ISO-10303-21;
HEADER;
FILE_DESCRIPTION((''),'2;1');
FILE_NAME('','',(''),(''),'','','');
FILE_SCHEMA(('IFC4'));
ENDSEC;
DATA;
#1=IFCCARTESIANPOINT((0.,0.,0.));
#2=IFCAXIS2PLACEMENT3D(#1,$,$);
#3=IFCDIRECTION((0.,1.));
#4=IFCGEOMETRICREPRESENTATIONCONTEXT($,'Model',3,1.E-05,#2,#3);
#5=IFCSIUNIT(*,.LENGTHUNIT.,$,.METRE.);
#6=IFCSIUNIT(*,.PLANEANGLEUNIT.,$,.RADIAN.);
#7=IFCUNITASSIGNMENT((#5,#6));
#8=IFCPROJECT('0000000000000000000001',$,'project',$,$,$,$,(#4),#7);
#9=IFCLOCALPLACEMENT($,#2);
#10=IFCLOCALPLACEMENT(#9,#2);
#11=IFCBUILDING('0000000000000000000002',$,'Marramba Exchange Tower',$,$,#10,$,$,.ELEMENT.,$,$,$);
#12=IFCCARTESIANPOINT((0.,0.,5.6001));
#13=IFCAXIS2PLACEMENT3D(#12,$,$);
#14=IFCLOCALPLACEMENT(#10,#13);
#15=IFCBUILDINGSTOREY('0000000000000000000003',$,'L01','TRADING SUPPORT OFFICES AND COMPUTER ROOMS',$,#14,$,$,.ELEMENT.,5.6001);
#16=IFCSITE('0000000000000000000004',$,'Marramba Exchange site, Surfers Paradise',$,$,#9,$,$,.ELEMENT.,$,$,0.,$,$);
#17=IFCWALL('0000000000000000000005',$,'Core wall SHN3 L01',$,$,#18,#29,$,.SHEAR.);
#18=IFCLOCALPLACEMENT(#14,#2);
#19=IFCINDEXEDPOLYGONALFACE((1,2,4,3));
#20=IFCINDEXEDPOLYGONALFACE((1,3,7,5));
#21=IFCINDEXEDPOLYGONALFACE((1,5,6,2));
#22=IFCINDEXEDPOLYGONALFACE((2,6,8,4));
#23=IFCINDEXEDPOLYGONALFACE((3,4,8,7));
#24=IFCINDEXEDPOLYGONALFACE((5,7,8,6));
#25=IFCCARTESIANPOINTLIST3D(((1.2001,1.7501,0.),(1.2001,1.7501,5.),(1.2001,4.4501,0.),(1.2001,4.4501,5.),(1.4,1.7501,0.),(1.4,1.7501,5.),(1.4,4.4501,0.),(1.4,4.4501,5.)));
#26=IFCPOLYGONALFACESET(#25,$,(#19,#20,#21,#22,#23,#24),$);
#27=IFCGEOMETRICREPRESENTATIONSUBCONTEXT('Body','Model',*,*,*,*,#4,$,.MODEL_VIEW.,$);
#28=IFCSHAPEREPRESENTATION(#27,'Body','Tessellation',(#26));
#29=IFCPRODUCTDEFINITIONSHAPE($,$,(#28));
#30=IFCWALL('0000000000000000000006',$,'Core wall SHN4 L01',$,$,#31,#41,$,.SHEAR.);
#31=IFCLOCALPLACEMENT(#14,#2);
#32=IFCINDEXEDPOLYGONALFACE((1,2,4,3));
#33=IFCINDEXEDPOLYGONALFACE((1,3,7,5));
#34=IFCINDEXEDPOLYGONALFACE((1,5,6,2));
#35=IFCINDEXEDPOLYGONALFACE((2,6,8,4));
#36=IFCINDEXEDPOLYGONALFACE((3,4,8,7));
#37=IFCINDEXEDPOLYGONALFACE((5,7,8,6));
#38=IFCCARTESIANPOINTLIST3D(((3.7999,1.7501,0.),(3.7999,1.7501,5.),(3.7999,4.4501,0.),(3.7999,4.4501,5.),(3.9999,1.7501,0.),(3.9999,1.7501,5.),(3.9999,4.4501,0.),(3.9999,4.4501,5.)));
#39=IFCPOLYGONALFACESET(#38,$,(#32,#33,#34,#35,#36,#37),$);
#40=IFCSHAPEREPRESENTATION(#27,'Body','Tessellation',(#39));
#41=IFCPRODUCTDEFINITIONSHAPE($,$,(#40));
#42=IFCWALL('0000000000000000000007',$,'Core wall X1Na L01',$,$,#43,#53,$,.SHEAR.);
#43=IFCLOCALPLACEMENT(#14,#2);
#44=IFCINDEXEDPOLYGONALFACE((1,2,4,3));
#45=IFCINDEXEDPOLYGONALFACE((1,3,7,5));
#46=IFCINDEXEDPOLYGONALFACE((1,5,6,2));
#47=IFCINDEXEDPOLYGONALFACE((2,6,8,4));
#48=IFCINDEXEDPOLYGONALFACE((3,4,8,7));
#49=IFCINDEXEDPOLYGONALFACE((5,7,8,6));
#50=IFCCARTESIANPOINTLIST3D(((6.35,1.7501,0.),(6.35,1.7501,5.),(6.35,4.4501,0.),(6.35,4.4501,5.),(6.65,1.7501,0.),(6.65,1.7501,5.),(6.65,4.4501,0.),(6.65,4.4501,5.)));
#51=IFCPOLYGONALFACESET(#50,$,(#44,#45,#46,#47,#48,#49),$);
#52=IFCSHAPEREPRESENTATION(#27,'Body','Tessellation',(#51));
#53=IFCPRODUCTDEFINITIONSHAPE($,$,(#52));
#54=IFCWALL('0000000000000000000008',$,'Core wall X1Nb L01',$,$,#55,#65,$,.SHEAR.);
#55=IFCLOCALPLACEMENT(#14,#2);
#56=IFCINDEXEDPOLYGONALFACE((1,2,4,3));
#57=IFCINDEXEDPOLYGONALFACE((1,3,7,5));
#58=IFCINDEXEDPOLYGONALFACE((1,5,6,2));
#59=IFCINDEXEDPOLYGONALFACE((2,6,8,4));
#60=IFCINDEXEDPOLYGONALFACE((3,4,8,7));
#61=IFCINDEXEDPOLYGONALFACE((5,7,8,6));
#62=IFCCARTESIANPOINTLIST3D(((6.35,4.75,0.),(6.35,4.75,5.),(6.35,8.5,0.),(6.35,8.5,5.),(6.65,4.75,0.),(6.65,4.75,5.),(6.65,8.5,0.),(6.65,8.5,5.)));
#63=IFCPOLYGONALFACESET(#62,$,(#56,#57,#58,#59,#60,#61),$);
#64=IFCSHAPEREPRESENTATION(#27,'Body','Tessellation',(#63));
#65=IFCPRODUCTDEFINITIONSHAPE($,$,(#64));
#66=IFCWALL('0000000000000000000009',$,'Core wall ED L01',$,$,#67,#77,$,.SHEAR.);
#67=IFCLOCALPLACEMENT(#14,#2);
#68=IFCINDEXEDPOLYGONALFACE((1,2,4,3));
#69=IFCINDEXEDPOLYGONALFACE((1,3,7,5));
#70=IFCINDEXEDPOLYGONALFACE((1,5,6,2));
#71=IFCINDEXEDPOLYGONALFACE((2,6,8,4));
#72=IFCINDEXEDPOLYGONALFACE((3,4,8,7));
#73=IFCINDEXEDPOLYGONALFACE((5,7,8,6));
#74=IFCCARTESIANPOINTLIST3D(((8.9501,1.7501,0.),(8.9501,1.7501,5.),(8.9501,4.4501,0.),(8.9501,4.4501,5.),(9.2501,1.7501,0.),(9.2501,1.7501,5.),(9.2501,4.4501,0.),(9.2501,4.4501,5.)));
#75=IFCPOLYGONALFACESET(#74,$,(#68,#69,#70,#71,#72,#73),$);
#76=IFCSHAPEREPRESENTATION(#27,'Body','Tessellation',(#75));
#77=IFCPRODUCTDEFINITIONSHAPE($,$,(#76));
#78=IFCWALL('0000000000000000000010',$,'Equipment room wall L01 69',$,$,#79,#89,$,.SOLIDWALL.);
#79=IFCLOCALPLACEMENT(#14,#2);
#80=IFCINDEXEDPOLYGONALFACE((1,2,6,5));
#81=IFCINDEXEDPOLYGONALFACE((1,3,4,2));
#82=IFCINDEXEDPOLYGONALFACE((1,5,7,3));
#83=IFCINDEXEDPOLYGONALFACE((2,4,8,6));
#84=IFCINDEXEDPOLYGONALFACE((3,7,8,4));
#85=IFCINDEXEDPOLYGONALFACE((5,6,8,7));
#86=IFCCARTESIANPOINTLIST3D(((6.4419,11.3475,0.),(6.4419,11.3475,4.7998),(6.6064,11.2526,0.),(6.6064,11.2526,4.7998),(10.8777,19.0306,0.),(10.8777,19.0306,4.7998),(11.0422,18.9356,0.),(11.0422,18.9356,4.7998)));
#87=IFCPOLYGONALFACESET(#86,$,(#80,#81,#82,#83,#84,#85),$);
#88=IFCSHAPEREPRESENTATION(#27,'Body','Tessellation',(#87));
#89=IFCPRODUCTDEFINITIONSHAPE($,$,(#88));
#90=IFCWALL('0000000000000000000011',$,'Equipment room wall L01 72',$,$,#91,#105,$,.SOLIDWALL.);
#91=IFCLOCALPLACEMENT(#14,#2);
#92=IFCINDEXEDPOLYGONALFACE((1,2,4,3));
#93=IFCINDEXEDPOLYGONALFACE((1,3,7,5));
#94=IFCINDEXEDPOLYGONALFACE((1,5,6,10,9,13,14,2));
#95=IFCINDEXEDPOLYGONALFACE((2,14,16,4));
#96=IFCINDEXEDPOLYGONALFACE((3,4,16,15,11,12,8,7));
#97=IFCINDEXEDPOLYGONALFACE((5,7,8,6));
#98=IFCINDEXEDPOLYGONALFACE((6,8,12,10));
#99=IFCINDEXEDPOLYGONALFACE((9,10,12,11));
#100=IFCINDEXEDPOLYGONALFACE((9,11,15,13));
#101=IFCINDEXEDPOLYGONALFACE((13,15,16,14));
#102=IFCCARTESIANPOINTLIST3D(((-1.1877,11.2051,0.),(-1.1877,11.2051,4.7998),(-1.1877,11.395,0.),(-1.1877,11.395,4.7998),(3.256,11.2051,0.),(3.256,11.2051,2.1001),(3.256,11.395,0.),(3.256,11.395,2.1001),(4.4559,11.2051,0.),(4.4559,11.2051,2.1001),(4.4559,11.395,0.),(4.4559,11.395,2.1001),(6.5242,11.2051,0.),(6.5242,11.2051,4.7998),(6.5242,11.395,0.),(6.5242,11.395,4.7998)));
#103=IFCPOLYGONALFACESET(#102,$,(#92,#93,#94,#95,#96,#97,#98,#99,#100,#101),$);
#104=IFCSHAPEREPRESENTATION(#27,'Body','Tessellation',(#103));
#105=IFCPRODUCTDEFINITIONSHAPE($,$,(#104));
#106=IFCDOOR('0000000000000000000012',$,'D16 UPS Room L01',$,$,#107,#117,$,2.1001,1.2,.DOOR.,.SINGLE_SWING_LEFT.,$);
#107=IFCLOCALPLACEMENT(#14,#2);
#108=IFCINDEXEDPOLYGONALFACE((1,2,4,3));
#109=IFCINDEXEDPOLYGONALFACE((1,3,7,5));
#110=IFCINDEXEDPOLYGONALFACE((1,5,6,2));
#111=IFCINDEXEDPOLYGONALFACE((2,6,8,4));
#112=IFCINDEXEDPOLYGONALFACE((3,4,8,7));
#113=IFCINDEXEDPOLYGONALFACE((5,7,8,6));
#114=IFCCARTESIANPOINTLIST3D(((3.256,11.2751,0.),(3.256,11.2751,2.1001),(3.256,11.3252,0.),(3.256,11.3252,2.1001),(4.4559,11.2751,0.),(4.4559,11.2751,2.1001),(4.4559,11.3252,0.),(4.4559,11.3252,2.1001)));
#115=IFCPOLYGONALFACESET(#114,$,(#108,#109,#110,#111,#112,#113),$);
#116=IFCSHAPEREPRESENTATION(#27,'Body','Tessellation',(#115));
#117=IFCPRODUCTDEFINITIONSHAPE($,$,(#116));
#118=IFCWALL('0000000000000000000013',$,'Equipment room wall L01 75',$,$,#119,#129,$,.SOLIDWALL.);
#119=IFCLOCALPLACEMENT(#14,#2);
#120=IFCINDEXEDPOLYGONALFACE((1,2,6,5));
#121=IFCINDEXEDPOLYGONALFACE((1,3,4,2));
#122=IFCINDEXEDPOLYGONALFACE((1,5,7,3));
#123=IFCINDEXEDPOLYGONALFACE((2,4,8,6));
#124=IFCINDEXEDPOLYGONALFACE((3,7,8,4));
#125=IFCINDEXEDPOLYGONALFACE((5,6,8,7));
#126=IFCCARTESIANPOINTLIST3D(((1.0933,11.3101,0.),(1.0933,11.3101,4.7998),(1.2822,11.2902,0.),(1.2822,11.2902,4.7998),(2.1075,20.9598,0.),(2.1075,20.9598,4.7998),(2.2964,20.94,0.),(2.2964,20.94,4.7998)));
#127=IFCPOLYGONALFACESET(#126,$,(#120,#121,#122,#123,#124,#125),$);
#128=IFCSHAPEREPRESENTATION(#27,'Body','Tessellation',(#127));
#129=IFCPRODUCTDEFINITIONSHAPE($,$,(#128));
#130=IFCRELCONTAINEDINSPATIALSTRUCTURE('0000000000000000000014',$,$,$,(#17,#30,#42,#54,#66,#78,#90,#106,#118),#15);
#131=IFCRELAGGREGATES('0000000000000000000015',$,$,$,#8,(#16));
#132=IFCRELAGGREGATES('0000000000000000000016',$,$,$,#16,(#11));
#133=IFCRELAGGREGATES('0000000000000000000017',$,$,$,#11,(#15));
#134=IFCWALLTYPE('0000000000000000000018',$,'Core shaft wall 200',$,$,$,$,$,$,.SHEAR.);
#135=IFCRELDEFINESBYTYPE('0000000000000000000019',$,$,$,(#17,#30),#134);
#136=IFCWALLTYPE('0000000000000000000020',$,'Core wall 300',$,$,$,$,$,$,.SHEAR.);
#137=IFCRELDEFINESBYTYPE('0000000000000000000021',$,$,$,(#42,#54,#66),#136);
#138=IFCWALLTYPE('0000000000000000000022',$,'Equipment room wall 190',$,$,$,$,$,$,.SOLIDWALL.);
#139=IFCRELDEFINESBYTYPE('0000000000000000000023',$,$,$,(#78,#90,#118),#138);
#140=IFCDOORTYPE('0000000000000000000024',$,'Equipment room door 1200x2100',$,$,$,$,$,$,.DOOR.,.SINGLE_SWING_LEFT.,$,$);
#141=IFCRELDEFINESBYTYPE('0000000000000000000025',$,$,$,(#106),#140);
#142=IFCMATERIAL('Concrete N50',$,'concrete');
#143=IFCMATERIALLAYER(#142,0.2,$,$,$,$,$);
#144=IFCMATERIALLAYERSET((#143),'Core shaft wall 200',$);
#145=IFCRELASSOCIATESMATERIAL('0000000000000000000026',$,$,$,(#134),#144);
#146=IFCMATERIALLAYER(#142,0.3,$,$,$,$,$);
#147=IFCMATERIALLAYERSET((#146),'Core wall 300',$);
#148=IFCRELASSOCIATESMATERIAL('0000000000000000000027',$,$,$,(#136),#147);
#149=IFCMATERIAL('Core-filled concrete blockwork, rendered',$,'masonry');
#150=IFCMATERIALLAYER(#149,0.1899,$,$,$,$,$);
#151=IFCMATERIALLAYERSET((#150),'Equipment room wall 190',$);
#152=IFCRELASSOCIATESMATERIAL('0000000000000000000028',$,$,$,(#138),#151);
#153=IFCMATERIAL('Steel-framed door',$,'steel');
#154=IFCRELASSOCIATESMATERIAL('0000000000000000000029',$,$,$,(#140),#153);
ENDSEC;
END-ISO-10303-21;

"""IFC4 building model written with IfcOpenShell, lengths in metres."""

from ifc_helpers import new_model, si_unit, direction, frame, frame_2d, origin, place, context, subcontext, project, spatial, rectangle, extrude, material, layer, layer_set, type_object, element, fill, save


model = new_model("IFC4")

# Units and contexts
model_context = context("Model", 3, precision=1e-05, world=origin(), true_north=direction((0.0, 1.0)))
body_context = subcontext(model_context, "Body", "Model", "MODEL_VIEW")
ifc_project = project(units=[si_unit("LENGTHUNIT", "METRE"), si_unit("PLANEANGLEUNIT", "RADIAN")], contexts=[model_context])

# Site, building, storey
site_placement = place(None, origin())
site = spatial("IfcSite", under=ifc_project, at=site_placement, Name="Marramba Exchange site, Surfers Paradise", CompositionType="ELEMENT", RefElevation=0.0)
building_placement = place(site_placement, origin())
building = spatial("IfcBuilding", under=site, at=building_placement, Name="Marramba Exchange Tower", CompositionType="ELEMENT")
storey_placement = place(building_placement, frame((0.0, 0.0, 5.6001)))
storey = spatial("IfcBuildingStorey", under=building, at=storey_placement, Name="L01", Description="TRADING SUPPORT OFFICES AND COMPUTER ROOMS", CompositionType="ELEMENT", Elevation=5.6001)

# Walls
ifc_material_1 = material(Name="Concrete N50", Category="concrete")
ifc_layer_1 = layer(ifc_material_1, 0.2)
ifc_layer_set_1 = layer_set([ifc_layer_1], Name="Core shaft wall 200")
wall_type_1 = type_object("IfcWallType", Name="Core shaft wall 200", PredefinedType="SHEAR", material=ifc_layer_set_1)
for number, where, z_axis, x_axis, name in (
    (1, (1.3, 1.75, 0.0), (0.0, 0.0, 1.0), (0.0, 1.0, 0.0), "Core wall SHN3 L01"),
    (2, (3.8999, 1.75, 0.0), (0.0, 0.0, 1.0), (0.0, 1.0, 0.0), "Core wall SHN4 L01"),
):
    element("IfcWall", number, at=place(storey_placement, frame(where, z_axis=z_axis, x_axis=x_axis)), inside=storey, type_object=wall_type_1, Name=name, PredefinedType="SHEAR", context=body_context, shape_type="SweptSolid", body=[
        extrude(rectangle(XDim=2.7, YDim=0.2, at=frame_2d((1.3501, 0.0))), origin(), (0.0, 0.0, 1.0), 5.0),
    ])

# Shared definitions
ifc_material_2 = material(Name="Steel-framed door", Category="steel")

# Walls
ifc_layer_2 = layer(ifc_material_1, 0.3)
ifc_layer_set_2 = layer_set([ifc_layer_2], Name="Core wall 300")
wall_type_2 = type_object("IfcWallType", Name="Core wall 300", PredefinedType="SHEAR", material=ifc_layer_set_2)
wall_1_placement = place(storey_placement, frame((6.5, 1.75, 0.0), z_axis=(0.0, 0.0, 1.0), x_axis=(0.0, 1.0, 0.0)))
element("IfcWall", 3, at=wall_1_placement, inside=storey, type_object=wall_type_2, Name="Core wall X1Na L01", PredefinedType="SHEAR", context=body_context, shape_type="SweptSolid", body=[
    extrude(rectangle(XDim=2.7, YDim=0.3, at=frame_2d((1.3501, 0.0))), origin(), (0.0, 0.0, 1.0), 5.0),
])
wall_2_placement = place(storey_placement, frame((6.5, 4.75, 0.0), z_axis=(0.0, 0.0, 1.0), x_axis=(0.0, 1.0, 0.0)))
element("IfcWall", 4, at=wall_2_placement, inside=storey, type_object=wall_type_2, Name="Core wall X1Nb L01", PredefinedType="SHEAR", context=body_context, shape_type="SweptSolid", body=[
    extrude(rectangle(XDim=3.75, YDim=0.3, at=frame_2d((1.875, 0.0))), origin(), (0.0, 0.0, 1.0), 5.0),
])
wall_3_placement = place(storey_placement, frame((9.1001, 1.75, 0.0), z_axis=(0.0, 0.0, 1.0), x_axis=(0.0, 1.0, 0.0)))
element("IfcWall", 5, at=wall_3_placement, inside=storey, type_object=wall_type_2, Name="Core wall ED L01", PredefinedType="SHEAR", context=body_context, shape_type="SweptSolid", body=[
    extrude(rectangle(XDim=2.7, YDim=0.3, at=frame_2d((1.3501, 0.0))), origin(), (0.0, 0.0, 1.0), 5.0),
])
ifc_material_3 = material(Name="Core-filled concrete blockwork, rendered", Category="masonry")
ifc_layer_3 = layer(ifc_material_3, 0.1899)
ifc_layer_set_3 = layer_set([ifc_layer_3], Name="Equipment room wall 190")
wall_type_3 = type_object("IfcWallType", Name="Equipment room wall 190", PredefinedType="SOLIDWALL", material=ifc_layer_set_3)
wall_4_placement = place(storey_placement, frame((6.5242, 11.3, 0.0), z_axis=(0.0, 0.0, 1.0), x_axis=(0.499996, 0.866028, 0.0)))
element("IfcWall", 6, at=wall_4_placement, inside=storey, type_object=wall_type_3, Name="Equipment room wall L01 69", PredefinedType="SOLIDWALL", context=body_context, shape_type="SweptSolid", body=[
    extrude(rectangle(XDim=8.8716, YDim=0.1899, at=frame_2d((4.4358, 0.0))), origin(), (0.0, 0.0, 1.0), 4.7998),
])

# Wall, opening, door
wall_5_placement = place(storey_placement, frame((6.5242, 11.3, 0.0), z_axis=(0.0, 0.0, 1.0), x_axis=(-1.0, 0.0, 0.0)))
wall_5 = element("IfcWall", 7, at=wall_5_placement, inside=storey, type_object=wall_type_3, Name="Equipment room wall L01 72", PredefinedType="SOLIDWALL", context=body_context, shape_type="SweptSolid", body=[
    extrude(rectangle(XDim=7.7119, YDim=0.1899, at=frame_2d((3.856, 0.0))), origin(), (0.0, 0.0, 1.0), 4.7998),
])
opening_1_placement = place(wall_5_placement, frame((2.0681, 0.0, 0.0)))
opening_1 = element("IfcOpeningElement", 8, at=opening_1_placement, cuts=wall_5, PredefinedType="OPENING", context=body_context, shape_type="SweptSolid", body=[
    extrude(rectangle(XDim=1.2, YDim=2.1001, at=frame_2d((0.6001, 1.05))), frame((0.0, 0.105, 0.0), z_axis=(0.0, -1.0, 0.0), x_axis=(1.0, 0.0, 0.0)), (0.0, 0.0, 1.0), 0.21),
])
door_type_1 = type_object("IfcDoorType", Name="Equipment room door 1200x2100", OperationType="SINGLE_SWING_LEFT", PredefinedType="DOOR", material=ifc_material_2)
door_1_placement = place(opening_1_placement, origin())
door_1 = element("IfcDoor", 9, at=door_1_placement, inside=storey, type_object=door_type_1, Name="D16 UPS Room L01", OperationType="SINGLE_SWING_LEFT", OverallHeight=2.1001, OverallWidth=1.2, PredefinedType="DOOR", context=body_context, shape_type="SweptSolid", body=[
    extrude(rectangle(XDim=1.2, YDim=2.1001, at=frame_2d((0.6001, 1.05))), frame((0.0, 0.0249, 0.0), z_axis=(0.0, -1.0, 0.0), x_axis=(1.0, 0.0, 0.0)), (0.0, 0.0, 1.0), 0.05),
])
fill(opening_1, door_1)

# Wall
wall_6_placement = place(storey_placement, frame((1.1877, 11.3, 0.0), z_axis=(0.0, 0.0, 1.0), x_axis=(0.104522, 0.994523, 0.0)))
element("IfcWall", 10, at=wall_6_placement, inside=storey, type_object=wall_type_3, Name="Equipment room wall L01 75", PredefinedType="SOLIDWALL", context=body_context, shape_type="SweptSolid", body=[
    extrude(rectangle(XDim=9.7029, YDim=0.1899, at=frame_2d((4.8516, 0.0))), origin(), (0.0, 0.0, 1.0), 4.7998),
])

save(model, "model.ifc")
